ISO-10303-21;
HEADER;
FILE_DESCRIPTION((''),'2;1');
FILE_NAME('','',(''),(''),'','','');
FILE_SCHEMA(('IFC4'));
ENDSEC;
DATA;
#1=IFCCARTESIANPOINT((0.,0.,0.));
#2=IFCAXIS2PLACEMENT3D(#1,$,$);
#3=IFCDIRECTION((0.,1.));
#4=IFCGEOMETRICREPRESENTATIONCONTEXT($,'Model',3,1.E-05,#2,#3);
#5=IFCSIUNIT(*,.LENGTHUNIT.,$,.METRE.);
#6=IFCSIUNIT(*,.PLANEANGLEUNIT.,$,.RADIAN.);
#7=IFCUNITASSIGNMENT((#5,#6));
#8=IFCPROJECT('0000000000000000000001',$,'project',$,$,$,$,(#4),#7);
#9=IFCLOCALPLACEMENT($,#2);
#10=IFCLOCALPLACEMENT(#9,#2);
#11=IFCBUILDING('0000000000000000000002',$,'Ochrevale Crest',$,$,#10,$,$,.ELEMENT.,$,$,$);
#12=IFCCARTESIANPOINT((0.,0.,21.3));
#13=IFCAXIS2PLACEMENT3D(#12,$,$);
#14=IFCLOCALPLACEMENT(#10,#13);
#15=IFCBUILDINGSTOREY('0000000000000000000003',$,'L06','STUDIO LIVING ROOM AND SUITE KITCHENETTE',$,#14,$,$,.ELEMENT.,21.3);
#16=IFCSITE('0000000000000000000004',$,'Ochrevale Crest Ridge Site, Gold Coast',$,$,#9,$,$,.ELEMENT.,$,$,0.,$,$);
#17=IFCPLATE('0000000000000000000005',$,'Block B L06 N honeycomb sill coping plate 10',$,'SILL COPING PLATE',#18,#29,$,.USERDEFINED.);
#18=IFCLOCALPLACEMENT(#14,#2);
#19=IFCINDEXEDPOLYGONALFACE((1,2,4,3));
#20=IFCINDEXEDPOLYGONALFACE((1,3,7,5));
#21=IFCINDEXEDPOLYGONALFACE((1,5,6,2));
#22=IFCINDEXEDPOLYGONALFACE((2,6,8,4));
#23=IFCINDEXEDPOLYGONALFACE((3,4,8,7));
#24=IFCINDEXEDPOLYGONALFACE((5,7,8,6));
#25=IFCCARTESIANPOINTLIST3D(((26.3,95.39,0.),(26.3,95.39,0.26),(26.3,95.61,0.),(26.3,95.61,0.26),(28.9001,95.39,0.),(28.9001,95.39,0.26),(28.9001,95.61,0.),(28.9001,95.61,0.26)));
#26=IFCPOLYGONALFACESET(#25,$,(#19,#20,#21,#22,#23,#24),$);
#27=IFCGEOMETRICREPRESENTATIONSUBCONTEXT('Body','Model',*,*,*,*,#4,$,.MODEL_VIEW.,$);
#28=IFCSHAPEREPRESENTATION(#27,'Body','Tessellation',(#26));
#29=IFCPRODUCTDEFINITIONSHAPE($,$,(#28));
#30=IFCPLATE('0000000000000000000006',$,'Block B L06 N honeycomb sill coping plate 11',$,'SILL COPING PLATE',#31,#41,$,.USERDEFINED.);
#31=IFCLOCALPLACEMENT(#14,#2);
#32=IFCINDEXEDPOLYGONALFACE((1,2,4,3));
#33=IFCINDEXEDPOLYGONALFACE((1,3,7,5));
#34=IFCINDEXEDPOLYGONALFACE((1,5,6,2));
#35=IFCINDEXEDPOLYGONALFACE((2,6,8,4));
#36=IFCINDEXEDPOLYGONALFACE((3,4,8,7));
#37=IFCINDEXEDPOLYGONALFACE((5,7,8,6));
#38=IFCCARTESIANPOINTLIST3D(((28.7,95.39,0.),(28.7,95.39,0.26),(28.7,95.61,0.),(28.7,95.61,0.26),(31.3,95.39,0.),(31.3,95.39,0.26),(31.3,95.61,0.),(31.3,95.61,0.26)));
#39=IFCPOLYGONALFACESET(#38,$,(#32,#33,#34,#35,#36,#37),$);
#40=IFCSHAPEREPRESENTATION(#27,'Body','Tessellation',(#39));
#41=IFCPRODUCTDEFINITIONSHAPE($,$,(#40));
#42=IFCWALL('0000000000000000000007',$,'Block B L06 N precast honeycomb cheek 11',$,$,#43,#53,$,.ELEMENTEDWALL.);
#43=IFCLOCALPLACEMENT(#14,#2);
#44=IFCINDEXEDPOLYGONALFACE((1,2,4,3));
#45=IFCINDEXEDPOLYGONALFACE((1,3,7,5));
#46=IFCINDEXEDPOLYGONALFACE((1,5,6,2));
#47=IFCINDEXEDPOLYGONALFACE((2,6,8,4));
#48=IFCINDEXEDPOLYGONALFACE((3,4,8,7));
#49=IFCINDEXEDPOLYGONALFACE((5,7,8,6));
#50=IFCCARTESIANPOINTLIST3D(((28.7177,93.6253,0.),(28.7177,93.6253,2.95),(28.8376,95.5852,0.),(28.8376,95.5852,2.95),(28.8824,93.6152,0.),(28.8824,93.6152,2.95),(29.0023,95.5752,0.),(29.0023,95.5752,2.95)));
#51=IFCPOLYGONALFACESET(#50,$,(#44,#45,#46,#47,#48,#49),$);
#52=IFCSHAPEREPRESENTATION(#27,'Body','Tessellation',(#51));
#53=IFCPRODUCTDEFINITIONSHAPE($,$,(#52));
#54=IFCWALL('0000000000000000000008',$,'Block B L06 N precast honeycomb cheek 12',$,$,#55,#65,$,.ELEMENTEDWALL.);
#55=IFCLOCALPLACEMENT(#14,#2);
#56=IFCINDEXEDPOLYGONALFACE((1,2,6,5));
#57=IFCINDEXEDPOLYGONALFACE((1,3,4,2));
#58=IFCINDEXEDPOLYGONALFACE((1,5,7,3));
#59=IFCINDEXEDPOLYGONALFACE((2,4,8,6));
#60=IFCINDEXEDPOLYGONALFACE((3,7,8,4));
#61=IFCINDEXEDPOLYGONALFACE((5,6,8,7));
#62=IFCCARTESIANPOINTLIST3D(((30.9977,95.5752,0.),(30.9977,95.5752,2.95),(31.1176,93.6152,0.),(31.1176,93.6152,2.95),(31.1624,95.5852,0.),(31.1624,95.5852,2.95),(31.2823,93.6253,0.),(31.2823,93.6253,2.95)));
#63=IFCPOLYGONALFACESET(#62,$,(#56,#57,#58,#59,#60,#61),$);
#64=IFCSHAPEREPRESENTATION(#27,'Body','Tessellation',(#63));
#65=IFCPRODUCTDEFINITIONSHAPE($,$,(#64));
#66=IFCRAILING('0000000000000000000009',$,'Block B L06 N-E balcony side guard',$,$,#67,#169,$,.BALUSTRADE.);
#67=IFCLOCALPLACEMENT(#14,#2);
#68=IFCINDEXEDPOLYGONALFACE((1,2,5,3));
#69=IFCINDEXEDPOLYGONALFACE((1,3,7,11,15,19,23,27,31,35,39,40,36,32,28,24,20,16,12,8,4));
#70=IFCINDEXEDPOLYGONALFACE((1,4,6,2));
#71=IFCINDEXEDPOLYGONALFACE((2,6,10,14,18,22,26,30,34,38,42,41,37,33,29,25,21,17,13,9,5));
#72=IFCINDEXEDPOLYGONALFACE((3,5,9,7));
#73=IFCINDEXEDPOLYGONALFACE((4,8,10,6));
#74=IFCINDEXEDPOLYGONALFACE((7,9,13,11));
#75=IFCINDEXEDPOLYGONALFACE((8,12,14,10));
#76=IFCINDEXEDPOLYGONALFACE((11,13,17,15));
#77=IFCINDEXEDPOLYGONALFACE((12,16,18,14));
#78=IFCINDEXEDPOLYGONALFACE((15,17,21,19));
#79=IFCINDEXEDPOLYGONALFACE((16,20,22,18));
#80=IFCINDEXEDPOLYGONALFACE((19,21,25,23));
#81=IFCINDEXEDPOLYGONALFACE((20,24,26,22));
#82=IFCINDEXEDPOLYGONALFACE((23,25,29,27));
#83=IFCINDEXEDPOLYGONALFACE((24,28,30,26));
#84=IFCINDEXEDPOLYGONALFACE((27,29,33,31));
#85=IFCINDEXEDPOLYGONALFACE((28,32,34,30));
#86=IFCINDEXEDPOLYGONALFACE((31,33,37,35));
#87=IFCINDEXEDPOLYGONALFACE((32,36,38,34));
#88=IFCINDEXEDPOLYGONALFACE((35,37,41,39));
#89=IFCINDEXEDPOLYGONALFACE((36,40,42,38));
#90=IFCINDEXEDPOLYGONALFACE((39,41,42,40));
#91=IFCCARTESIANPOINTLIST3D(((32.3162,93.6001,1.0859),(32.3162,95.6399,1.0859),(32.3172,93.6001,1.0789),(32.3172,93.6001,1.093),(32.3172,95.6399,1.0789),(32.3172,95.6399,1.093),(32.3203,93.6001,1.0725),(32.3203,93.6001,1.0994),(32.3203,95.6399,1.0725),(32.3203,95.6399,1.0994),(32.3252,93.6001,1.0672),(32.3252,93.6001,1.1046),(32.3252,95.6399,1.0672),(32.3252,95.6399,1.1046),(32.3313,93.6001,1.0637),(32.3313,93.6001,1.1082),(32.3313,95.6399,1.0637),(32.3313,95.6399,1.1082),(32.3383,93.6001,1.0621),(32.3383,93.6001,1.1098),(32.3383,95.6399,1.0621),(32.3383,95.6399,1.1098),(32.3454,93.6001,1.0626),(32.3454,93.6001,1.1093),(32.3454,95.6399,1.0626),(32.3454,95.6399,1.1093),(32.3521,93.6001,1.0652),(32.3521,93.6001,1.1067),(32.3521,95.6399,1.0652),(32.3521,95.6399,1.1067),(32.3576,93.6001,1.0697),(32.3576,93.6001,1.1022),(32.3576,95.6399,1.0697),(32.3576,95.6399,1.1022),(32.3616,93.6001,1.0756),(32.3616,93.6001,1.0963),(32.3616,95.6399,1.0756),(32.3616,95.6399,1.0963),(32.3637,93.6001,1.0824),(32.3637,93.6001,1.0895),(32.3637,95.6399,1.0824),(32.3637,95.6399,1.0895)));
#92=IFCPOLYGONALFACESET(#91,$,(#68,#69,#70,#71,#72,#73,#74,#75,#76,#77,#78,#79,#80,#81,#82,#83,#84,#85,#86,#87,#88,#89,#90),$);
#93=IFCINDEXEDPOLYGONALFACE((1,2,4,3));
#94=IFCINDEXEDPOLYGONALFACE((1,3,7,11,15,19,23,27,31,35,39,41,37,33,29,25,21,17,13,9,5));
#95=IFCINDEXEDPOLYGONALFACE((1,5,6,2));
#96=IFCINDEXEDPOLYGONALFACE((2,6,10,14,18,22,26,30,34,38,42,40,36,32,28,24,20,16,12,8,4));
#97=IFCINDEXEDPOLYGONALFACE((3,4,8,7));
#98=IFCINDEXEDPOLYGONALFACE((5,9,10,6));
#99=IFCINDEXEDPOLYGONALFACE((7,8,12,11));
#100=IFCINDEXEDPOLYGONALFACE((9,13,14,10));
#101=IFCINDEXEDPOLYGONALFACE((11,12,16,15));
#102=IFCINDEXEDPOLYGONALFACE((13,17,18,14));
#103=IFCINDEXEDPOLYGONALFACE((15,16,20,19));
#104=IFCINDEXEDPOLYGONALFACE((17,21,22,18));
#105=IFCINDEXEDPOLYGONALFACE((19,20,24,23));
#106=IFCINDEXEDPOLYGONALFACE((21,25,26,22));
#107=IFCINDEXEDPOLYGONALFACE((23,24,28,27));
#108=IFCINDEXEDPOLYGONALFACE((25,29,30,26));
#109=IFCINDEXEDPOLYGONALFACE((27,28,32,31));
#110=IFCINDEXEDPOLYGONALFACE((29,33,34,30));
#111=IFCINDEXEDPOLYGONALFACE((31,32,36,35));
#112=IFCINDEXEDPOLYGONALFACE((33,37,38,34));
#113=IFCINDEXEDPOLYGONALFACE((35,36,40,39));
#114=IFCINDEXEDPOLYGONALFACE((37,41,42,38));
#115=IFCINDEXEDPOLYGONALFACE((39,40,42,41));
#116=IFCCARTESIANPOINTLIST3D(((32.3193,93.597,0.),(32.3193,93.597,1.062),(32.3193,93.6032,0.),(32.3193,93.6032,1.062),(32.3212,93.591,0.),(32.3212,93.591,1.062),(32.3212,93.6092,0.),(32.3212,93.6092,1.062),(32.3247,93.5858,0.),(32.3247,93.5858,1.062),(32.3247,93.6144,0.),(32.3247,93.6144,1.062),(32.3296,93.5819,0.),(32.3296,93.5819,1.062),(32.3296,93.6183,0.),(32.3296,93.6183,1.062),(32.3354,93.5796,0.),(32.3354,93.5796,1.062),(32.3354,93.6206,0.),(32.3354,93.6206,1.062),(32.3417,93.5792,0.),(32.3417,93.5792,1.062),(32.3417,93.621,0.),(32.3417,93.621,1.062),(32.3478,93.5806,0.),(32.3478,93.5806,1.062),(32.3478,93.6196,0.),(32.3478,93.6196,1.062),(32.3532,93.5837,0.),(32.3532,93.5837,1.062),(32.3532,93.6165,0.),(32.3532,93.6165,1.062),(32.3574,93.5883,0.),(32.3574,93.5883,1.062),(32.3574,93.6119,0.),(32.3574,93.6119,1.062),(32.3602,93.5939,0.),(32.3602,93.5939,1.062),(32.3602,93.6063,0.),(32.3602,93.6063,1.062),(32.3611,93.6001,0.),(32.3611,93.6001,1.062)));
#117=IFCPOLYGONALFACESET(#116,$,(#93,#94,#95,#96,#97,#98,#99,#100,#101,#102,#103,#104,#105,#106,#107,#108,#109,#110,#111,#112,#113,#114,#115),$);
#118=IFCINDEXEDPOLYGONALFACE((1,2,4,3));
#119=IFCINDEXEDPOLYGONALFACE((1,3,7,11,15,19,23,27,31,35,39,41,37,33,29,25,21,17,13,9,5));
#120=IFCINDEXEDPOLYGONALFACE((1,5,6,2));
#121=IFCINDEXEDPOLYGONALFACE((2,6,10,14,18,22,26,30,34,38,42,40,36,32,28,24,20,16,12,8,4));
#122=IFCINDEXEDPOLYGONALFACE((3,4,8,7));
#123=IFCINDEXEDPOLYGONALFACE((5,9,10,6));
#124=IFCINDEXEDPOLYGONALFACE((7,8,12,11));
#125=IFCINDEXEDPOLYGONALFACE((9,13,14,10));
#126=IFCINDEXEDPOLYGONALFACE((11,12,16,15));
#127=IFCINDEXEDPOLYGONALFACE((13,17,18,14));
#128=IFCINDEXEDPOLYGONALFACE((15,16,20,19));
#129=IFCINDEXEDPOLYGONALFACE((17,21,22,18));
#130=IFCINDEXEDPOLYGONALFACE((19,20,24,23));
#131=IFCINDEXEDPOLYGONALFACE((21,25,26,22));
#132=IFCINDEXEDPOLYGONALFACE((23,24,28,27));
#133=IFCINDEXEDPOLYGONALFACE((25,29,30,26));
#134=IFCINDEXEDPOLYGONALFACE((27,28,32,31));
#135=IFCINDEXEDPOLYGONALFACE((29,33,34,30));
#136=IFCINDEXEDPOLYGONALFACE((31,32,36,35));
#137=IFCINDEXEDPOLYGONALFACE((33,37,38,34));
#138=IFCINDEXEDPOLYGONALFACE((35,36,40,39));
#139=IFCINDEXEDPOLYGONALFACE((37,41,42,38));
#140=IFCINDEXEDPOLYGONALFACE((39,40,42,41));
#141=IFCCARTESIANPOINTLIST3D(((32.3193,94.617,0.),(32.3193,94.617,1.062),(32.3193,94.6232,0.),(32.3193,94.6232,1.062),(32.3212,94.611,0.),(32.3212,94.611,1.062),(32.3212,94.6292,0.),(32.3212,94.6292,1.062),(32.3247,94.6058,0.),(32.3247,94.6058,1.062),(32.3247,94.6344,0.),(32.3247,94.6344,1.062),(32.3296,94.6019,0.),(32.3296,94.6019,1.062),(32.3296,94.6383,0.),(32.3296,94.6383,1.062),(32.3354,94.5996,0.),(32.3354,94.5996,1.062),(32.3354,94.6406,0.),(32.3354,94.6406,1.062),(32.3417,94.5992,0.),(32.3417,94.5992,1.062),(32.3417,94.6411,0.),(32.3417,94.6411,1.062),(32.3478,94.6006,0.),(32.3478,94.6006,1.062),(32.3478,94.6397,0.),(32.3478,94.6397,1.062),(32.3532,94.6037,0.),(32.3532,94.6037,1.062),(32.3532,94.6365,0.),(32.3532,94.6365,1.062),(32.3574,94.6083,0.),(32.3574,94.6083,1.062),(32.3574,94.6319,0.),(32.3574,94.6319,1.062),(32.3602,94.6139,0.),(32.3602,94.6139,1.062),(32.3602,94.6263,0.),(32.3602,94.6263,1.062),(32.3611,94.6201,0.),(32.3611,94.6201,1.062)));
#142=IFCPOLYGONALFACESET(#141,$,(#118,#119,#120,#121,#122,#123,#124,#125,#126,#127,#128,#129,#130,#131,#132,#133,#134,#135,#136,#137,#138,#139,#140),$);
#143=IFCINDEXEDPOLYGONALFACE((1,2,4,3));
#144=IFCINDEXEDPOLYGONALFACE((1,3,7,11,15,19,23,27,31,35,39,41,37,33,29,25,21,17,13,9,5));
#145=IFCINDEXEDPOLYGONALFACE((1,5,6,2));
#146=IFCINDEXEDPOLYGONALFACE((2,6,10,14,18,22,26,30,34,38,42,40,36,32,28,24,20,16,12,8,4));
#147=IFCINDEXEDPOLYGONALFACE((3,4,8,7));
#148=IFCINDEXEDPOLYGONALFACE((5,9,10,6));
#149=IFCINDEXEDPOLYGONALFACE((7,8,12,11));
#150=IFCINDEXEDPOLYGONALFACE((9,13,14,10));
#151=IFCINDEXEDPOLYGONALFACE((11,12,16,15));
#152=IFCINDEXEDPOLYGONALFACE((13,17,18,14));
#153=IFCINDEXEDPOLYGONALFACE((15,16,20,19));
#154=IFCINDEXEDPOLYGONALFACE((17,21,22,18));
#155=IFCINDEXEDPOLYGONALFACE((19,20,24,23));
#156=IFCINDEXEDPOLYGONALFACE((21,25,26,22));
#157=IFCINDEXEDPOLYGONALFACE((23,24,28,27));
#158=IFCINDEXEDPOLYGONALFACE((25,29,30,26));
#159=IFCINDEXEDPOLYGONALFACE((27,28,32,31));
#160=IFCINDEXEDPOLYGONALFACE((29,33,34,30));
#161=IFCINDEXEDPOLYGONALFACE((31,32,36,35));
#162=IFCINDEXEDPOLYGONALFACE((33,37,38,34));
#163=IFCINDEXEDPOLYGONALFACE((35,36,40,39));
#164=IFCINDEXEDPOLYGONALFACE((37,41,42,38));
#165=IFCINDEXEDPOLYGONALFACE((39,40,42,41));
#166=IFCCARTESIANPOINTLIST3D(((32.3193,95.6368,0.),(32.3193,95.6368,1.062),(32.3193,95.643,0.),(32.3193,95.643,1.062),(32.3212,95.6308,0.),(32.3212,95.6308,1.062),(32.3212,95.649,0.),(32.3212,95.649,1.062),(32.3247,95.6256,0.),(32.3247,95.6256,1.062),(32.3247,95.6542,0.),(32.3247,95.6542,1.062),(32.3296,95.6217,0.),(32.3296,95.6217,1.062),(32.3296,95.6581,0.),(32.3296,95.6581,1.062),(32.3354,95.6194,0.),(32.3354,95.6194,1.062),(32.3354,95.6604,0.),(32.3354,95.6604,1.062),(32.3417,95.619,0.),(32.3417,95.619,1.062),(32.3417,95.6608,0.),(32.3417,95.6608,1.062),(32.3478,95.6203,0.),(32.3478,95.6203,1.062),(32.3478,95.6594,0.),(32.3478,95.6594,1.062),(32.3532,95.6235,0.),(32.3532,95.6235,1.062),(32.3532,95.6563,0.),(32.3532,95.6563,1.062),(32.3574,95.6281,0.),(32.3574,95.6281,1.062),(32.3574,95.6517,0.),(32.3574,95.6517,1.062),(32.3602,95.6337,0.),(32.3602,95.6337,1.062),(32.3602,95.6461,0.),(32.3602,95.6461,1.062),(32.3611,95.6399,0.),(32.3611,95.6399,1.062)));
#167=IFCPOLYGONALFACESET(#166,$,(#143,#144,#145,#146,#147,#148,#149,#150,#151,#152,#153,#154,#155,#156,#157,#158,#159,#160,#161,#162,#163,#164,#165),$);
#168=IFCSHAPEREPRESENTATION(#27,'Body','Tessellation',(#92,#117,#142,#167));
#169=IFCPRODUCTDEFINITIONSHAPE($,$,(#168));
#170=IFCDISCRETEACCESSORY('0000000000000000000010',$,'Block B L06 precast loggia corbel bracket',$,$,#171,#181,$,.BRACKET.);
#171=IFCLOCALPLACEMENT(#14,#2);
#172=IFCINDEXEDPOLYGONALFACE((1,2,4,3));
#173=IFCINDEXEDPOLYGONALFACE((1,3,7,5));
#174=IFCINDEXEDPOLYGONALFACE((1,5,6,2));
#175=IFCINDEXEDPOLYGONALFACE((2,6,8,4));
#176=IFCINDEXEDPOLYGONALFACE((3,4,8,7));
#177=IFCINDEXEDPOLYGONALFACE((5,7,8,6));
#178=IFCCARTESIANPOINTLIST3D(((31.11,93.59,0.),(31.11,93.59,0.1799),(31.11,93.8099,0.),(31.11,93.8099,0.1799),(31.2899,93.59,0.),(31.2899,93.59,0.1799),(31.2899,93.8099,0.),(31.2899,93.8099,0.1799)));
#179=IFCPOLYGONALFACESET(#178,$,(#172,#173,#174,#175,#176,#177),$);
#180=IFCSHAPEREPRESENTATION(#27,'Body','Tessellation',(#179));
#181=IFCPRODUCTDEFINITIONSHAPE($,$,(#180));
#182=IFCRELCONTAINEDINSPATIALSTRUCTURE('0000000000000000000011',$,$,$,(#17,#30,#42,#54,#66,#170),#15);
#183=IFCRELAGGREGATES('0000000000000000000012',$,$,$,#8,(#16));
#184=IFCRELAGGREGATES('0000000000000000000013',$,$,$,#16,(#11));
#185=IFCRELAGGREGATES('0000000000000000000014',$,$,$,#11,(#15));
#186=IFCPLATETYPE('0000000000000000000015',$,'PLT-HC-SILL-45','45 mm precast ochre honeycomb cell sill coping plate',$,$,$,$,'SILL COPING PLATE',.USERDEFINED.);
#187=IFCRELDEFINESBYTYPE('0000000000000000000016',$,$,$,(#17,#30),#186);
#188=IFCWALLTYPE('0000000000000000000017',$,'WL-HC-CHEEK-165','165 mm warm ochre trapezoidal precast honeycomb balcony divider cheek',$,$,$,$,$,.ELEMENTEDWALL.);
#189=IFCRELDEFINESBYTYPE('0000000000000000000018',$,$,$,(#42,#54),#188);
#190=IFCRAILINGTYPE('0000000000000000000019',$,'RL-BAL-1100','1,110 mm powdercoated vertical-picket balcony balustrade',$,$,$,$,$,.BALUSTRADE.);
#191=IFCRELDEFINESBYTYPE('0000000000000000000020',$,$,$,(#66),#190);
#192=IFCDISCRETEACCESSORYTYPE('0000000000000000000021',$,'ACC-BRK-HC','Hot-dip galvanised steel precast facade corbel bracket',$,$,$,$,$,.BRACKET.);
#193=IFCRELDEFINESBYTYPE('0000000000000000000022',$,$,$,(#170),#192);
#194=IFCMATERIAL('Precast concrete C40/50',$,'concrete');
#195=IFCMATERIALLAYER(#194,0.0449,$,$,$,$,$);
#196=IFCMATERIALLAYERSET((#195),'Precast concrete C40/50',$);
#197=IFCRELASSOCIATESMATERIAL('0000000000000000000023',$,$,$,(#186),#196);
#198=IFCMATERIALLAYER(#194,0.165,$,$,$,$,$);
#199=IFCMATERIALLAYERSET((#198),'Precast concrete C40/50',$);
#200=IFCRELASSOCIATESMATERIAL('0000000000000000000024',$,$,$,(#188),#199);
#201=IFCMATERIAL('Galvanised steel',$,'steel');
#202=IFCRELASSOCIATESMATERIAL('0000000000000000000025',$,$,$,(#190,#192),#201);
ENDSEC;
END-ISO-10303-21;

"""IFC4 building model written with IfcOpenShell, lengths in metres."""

from ifc_helpers import new_model, si_unit, direction, frame, frame_2d, origin, origin_2d, place, context, subcontext, project, spatial, rectangle, circle, extrude, material, layer, layer_set, type_object, element, save


model = new_model("IFC4")

# Units and contexts
model_context = context("Model", 3, precision=1e-05, world=origin(), true_north=direction((0.0, 1.0)))
body_context = subcontext(model_context, "Body", "Model", "MODEL_VIEW")
ifc_project = project(units=[si_unit("LENGTHUNIT", "METRE"), si_unit("PLANEANGLEUNIT", "RADIAN")], contexts=[model_context])

# Site, building, storey
site_placement = place(None, origin())
site = spatial("IfcSite", under=ifc_project, at=site_placement, Name="Ochrevale Crest Ridge Site, Gold Coast", CompositionType="ELEMENT", RefElevation=0.0)
building_placement = place(site_placement, origin())
building = spatial("IfcBuilding", under=site, at=building_placement, Name="Ochrevale Crest", CompositionType="ELEMENT")
storey_placement = place(building_placement, frame((0.0, 0.0, 21.3)))
storey = spatial("IfcBuildingStorey", under=building, at=storey_placement, Name="L06", Description="STUDIO LIVING ROOM AND SUITE KITCHENETTE", CompositionType="ELEMENT", Elevation=21.3)

# Plates
ifc_material_1 = material(Name="Precast concrete C40/50", Category="concrete")
ifc_layer_1 = layer(ifc_material_1, 0.0449)
ifc_layer_set_1 = layer_set([ifc_layer_1], Name="Precast concrete C40/50")
plate_type_1 = type_object("IfcPlateType", Name="PLT-HC-SILL-45", Description="45 mm precast ochre honeycomb cell sill coping plate", ElementType="SILL COPING PLATE", PredefinedType="USERDEFINED", material=ifc_layer_set_1)
for number, where, z_axis, x_axis, name in (
    (1, (27.6001, 95.5, 0.0), (0.0, 0.0, 1.0), (1.0, 0.0, 0.0), "Block B L06 N honeycomb sill coping plate 10"),
    (2, (30.0, 95.5, 0.0), (0.0, 0.0, 1.0), (1.0, 0.0, 0.0), "Block B L06 N honeycomb sill coping plate 11"),
):
    element("IfcPlate", number, at=place(storey_placement, frame(where, z_axis=z_axis, x_axis=x_axis)), inside=storey, type_object=plate_type_1, Name=name, ObjectType="SILL COPING PLATE", PredefinedType="USERDEFINED", context=body_context, shape_type="SweptSolid", body=[
        extrude(rectangle(XDim=2.6001, YDim=0.22, at=origin_2d()), origin(), (0.0, 0.0, 1.0), 0.26),
    ])

# Walls
ifc_layer_2 = layer(ifc_material_1, 0.165)
ifc_layer_set_2 = layer_set([ifc_layer_2], Name="Precast concrete C40/50")
wall_type_1 = type_object("IfcWallType", Name="WL-HC-CHEEK-165", Description="165 mm warm ochre trapezoidal precast honeycomb balcony divider cheek", PredefinedType="ELEMENTEDWALL", material=ifc_layer_set_2)
for number, where, z_axis, x_axis, name in (
    (3, (28.8, 93.6201, 0.0), (0.0, 0.0, 1.0), (0.061047, 0.998135, 0.0), "Block B L06 N precast honeycomb cheek 11"),
    (4, (31.2, 93.6201, 0.0), (0.0, 0.0, 1.0), (-0.061047, 0.998135, 0.0), "Block B L06 N precast honeycomb cheek 12"),
):
    element("IfcWall", number, at=place(storey_placement, frame(where, z_axis=z_axis, x_axis=x_axis)), inside=storey, type_object=wall_type_1, Name=name, PredefinedType="ELEMENTEDWALL", context=body_context, shape_type="SweptSolid", body=[
        extrude(rectangle(XDim=1.9636, YDim=0.165, at=frame_2d((0.9819, 0.0))), origin(), (0.0, 0.0, 1.0), 2.95),
    ])

# Railing
ifc_material_2 = material(Name="Galvanised steel", Category="steel")
railing_type = type_object("IfcRailingType", Name="RL-BAL-1100", Description="1,110 mm powdercoated vertical-picket balcony balustrade", PredefinedType="BALUSTRADE", material=ifc_material_2)
railing_placement = place(storey_placement, frame((32.3401, 93.6001, 0.0)))
element("IfcRailing", 5, at=railing_placement, inside=storey, type_object=railing_type, Name="Block B L06 N-E balcony side guard", PredefinedType="BALUSTRADE", context=body_context, shape_type="SweptSolid", body=[
    extrude(circle(Radius=0.0239, at=origin_2d()), frame((0.0, 0.0, 1.0859), z_axis=(0.0, 1.0, 0.0), x_axis=(-1.0, 0.0, 0.0)), (0.0, 0.0, 1.0), 2.0398),
    extrude(circle(Radius=0.021, at=origin_2d()), origin(), (0.0, 0.0, 1.0), 1.062),
    extrude(circle(Radius=0.021, at=origin_2d()), frame((0.0, 1.02, 0.0)), (0.0, 0.0, 1.0), 1.062),
    extrude(circle(Radius=0.021, at=origin_2d()), frame((0.0, 2.0398, 0.0)), (0.0, 0.0, 1.0), 1.062),
])

# Discrete accessory
discrete_accessory_type = type_object("IfcDiscreteAccessoryType", Name="ACC-BRK-HC", Description="Hot-dip galvanised steel precast facade corbel bracket", PredefinedType="BRACKET", material=ifc_material_2)
discrete_accessory_placement = place(storey_placement, frame((31.2, 93.7, 0.0), z_axis=(0.0, 0.0, 1.0), x_axis=(1.0, 0.0, 0.0)))
element("IfcDiscreteAccessory", 6, at=discrete_accessory_placement, inside=storey, type_object=discrete_accessory_type, Name="Block B L06 precast loggia corbel bracket", PredefinedType="BRACKET", context=body_context, shape_type="SweptSolid", body=[
    extrude(rectangle(XDim=0.1799, YDim=0.22, at=origin_2d()), origin(), (0.0, 0.0, 1.0), 0.1799),
])

save(model, "model.ifc")
